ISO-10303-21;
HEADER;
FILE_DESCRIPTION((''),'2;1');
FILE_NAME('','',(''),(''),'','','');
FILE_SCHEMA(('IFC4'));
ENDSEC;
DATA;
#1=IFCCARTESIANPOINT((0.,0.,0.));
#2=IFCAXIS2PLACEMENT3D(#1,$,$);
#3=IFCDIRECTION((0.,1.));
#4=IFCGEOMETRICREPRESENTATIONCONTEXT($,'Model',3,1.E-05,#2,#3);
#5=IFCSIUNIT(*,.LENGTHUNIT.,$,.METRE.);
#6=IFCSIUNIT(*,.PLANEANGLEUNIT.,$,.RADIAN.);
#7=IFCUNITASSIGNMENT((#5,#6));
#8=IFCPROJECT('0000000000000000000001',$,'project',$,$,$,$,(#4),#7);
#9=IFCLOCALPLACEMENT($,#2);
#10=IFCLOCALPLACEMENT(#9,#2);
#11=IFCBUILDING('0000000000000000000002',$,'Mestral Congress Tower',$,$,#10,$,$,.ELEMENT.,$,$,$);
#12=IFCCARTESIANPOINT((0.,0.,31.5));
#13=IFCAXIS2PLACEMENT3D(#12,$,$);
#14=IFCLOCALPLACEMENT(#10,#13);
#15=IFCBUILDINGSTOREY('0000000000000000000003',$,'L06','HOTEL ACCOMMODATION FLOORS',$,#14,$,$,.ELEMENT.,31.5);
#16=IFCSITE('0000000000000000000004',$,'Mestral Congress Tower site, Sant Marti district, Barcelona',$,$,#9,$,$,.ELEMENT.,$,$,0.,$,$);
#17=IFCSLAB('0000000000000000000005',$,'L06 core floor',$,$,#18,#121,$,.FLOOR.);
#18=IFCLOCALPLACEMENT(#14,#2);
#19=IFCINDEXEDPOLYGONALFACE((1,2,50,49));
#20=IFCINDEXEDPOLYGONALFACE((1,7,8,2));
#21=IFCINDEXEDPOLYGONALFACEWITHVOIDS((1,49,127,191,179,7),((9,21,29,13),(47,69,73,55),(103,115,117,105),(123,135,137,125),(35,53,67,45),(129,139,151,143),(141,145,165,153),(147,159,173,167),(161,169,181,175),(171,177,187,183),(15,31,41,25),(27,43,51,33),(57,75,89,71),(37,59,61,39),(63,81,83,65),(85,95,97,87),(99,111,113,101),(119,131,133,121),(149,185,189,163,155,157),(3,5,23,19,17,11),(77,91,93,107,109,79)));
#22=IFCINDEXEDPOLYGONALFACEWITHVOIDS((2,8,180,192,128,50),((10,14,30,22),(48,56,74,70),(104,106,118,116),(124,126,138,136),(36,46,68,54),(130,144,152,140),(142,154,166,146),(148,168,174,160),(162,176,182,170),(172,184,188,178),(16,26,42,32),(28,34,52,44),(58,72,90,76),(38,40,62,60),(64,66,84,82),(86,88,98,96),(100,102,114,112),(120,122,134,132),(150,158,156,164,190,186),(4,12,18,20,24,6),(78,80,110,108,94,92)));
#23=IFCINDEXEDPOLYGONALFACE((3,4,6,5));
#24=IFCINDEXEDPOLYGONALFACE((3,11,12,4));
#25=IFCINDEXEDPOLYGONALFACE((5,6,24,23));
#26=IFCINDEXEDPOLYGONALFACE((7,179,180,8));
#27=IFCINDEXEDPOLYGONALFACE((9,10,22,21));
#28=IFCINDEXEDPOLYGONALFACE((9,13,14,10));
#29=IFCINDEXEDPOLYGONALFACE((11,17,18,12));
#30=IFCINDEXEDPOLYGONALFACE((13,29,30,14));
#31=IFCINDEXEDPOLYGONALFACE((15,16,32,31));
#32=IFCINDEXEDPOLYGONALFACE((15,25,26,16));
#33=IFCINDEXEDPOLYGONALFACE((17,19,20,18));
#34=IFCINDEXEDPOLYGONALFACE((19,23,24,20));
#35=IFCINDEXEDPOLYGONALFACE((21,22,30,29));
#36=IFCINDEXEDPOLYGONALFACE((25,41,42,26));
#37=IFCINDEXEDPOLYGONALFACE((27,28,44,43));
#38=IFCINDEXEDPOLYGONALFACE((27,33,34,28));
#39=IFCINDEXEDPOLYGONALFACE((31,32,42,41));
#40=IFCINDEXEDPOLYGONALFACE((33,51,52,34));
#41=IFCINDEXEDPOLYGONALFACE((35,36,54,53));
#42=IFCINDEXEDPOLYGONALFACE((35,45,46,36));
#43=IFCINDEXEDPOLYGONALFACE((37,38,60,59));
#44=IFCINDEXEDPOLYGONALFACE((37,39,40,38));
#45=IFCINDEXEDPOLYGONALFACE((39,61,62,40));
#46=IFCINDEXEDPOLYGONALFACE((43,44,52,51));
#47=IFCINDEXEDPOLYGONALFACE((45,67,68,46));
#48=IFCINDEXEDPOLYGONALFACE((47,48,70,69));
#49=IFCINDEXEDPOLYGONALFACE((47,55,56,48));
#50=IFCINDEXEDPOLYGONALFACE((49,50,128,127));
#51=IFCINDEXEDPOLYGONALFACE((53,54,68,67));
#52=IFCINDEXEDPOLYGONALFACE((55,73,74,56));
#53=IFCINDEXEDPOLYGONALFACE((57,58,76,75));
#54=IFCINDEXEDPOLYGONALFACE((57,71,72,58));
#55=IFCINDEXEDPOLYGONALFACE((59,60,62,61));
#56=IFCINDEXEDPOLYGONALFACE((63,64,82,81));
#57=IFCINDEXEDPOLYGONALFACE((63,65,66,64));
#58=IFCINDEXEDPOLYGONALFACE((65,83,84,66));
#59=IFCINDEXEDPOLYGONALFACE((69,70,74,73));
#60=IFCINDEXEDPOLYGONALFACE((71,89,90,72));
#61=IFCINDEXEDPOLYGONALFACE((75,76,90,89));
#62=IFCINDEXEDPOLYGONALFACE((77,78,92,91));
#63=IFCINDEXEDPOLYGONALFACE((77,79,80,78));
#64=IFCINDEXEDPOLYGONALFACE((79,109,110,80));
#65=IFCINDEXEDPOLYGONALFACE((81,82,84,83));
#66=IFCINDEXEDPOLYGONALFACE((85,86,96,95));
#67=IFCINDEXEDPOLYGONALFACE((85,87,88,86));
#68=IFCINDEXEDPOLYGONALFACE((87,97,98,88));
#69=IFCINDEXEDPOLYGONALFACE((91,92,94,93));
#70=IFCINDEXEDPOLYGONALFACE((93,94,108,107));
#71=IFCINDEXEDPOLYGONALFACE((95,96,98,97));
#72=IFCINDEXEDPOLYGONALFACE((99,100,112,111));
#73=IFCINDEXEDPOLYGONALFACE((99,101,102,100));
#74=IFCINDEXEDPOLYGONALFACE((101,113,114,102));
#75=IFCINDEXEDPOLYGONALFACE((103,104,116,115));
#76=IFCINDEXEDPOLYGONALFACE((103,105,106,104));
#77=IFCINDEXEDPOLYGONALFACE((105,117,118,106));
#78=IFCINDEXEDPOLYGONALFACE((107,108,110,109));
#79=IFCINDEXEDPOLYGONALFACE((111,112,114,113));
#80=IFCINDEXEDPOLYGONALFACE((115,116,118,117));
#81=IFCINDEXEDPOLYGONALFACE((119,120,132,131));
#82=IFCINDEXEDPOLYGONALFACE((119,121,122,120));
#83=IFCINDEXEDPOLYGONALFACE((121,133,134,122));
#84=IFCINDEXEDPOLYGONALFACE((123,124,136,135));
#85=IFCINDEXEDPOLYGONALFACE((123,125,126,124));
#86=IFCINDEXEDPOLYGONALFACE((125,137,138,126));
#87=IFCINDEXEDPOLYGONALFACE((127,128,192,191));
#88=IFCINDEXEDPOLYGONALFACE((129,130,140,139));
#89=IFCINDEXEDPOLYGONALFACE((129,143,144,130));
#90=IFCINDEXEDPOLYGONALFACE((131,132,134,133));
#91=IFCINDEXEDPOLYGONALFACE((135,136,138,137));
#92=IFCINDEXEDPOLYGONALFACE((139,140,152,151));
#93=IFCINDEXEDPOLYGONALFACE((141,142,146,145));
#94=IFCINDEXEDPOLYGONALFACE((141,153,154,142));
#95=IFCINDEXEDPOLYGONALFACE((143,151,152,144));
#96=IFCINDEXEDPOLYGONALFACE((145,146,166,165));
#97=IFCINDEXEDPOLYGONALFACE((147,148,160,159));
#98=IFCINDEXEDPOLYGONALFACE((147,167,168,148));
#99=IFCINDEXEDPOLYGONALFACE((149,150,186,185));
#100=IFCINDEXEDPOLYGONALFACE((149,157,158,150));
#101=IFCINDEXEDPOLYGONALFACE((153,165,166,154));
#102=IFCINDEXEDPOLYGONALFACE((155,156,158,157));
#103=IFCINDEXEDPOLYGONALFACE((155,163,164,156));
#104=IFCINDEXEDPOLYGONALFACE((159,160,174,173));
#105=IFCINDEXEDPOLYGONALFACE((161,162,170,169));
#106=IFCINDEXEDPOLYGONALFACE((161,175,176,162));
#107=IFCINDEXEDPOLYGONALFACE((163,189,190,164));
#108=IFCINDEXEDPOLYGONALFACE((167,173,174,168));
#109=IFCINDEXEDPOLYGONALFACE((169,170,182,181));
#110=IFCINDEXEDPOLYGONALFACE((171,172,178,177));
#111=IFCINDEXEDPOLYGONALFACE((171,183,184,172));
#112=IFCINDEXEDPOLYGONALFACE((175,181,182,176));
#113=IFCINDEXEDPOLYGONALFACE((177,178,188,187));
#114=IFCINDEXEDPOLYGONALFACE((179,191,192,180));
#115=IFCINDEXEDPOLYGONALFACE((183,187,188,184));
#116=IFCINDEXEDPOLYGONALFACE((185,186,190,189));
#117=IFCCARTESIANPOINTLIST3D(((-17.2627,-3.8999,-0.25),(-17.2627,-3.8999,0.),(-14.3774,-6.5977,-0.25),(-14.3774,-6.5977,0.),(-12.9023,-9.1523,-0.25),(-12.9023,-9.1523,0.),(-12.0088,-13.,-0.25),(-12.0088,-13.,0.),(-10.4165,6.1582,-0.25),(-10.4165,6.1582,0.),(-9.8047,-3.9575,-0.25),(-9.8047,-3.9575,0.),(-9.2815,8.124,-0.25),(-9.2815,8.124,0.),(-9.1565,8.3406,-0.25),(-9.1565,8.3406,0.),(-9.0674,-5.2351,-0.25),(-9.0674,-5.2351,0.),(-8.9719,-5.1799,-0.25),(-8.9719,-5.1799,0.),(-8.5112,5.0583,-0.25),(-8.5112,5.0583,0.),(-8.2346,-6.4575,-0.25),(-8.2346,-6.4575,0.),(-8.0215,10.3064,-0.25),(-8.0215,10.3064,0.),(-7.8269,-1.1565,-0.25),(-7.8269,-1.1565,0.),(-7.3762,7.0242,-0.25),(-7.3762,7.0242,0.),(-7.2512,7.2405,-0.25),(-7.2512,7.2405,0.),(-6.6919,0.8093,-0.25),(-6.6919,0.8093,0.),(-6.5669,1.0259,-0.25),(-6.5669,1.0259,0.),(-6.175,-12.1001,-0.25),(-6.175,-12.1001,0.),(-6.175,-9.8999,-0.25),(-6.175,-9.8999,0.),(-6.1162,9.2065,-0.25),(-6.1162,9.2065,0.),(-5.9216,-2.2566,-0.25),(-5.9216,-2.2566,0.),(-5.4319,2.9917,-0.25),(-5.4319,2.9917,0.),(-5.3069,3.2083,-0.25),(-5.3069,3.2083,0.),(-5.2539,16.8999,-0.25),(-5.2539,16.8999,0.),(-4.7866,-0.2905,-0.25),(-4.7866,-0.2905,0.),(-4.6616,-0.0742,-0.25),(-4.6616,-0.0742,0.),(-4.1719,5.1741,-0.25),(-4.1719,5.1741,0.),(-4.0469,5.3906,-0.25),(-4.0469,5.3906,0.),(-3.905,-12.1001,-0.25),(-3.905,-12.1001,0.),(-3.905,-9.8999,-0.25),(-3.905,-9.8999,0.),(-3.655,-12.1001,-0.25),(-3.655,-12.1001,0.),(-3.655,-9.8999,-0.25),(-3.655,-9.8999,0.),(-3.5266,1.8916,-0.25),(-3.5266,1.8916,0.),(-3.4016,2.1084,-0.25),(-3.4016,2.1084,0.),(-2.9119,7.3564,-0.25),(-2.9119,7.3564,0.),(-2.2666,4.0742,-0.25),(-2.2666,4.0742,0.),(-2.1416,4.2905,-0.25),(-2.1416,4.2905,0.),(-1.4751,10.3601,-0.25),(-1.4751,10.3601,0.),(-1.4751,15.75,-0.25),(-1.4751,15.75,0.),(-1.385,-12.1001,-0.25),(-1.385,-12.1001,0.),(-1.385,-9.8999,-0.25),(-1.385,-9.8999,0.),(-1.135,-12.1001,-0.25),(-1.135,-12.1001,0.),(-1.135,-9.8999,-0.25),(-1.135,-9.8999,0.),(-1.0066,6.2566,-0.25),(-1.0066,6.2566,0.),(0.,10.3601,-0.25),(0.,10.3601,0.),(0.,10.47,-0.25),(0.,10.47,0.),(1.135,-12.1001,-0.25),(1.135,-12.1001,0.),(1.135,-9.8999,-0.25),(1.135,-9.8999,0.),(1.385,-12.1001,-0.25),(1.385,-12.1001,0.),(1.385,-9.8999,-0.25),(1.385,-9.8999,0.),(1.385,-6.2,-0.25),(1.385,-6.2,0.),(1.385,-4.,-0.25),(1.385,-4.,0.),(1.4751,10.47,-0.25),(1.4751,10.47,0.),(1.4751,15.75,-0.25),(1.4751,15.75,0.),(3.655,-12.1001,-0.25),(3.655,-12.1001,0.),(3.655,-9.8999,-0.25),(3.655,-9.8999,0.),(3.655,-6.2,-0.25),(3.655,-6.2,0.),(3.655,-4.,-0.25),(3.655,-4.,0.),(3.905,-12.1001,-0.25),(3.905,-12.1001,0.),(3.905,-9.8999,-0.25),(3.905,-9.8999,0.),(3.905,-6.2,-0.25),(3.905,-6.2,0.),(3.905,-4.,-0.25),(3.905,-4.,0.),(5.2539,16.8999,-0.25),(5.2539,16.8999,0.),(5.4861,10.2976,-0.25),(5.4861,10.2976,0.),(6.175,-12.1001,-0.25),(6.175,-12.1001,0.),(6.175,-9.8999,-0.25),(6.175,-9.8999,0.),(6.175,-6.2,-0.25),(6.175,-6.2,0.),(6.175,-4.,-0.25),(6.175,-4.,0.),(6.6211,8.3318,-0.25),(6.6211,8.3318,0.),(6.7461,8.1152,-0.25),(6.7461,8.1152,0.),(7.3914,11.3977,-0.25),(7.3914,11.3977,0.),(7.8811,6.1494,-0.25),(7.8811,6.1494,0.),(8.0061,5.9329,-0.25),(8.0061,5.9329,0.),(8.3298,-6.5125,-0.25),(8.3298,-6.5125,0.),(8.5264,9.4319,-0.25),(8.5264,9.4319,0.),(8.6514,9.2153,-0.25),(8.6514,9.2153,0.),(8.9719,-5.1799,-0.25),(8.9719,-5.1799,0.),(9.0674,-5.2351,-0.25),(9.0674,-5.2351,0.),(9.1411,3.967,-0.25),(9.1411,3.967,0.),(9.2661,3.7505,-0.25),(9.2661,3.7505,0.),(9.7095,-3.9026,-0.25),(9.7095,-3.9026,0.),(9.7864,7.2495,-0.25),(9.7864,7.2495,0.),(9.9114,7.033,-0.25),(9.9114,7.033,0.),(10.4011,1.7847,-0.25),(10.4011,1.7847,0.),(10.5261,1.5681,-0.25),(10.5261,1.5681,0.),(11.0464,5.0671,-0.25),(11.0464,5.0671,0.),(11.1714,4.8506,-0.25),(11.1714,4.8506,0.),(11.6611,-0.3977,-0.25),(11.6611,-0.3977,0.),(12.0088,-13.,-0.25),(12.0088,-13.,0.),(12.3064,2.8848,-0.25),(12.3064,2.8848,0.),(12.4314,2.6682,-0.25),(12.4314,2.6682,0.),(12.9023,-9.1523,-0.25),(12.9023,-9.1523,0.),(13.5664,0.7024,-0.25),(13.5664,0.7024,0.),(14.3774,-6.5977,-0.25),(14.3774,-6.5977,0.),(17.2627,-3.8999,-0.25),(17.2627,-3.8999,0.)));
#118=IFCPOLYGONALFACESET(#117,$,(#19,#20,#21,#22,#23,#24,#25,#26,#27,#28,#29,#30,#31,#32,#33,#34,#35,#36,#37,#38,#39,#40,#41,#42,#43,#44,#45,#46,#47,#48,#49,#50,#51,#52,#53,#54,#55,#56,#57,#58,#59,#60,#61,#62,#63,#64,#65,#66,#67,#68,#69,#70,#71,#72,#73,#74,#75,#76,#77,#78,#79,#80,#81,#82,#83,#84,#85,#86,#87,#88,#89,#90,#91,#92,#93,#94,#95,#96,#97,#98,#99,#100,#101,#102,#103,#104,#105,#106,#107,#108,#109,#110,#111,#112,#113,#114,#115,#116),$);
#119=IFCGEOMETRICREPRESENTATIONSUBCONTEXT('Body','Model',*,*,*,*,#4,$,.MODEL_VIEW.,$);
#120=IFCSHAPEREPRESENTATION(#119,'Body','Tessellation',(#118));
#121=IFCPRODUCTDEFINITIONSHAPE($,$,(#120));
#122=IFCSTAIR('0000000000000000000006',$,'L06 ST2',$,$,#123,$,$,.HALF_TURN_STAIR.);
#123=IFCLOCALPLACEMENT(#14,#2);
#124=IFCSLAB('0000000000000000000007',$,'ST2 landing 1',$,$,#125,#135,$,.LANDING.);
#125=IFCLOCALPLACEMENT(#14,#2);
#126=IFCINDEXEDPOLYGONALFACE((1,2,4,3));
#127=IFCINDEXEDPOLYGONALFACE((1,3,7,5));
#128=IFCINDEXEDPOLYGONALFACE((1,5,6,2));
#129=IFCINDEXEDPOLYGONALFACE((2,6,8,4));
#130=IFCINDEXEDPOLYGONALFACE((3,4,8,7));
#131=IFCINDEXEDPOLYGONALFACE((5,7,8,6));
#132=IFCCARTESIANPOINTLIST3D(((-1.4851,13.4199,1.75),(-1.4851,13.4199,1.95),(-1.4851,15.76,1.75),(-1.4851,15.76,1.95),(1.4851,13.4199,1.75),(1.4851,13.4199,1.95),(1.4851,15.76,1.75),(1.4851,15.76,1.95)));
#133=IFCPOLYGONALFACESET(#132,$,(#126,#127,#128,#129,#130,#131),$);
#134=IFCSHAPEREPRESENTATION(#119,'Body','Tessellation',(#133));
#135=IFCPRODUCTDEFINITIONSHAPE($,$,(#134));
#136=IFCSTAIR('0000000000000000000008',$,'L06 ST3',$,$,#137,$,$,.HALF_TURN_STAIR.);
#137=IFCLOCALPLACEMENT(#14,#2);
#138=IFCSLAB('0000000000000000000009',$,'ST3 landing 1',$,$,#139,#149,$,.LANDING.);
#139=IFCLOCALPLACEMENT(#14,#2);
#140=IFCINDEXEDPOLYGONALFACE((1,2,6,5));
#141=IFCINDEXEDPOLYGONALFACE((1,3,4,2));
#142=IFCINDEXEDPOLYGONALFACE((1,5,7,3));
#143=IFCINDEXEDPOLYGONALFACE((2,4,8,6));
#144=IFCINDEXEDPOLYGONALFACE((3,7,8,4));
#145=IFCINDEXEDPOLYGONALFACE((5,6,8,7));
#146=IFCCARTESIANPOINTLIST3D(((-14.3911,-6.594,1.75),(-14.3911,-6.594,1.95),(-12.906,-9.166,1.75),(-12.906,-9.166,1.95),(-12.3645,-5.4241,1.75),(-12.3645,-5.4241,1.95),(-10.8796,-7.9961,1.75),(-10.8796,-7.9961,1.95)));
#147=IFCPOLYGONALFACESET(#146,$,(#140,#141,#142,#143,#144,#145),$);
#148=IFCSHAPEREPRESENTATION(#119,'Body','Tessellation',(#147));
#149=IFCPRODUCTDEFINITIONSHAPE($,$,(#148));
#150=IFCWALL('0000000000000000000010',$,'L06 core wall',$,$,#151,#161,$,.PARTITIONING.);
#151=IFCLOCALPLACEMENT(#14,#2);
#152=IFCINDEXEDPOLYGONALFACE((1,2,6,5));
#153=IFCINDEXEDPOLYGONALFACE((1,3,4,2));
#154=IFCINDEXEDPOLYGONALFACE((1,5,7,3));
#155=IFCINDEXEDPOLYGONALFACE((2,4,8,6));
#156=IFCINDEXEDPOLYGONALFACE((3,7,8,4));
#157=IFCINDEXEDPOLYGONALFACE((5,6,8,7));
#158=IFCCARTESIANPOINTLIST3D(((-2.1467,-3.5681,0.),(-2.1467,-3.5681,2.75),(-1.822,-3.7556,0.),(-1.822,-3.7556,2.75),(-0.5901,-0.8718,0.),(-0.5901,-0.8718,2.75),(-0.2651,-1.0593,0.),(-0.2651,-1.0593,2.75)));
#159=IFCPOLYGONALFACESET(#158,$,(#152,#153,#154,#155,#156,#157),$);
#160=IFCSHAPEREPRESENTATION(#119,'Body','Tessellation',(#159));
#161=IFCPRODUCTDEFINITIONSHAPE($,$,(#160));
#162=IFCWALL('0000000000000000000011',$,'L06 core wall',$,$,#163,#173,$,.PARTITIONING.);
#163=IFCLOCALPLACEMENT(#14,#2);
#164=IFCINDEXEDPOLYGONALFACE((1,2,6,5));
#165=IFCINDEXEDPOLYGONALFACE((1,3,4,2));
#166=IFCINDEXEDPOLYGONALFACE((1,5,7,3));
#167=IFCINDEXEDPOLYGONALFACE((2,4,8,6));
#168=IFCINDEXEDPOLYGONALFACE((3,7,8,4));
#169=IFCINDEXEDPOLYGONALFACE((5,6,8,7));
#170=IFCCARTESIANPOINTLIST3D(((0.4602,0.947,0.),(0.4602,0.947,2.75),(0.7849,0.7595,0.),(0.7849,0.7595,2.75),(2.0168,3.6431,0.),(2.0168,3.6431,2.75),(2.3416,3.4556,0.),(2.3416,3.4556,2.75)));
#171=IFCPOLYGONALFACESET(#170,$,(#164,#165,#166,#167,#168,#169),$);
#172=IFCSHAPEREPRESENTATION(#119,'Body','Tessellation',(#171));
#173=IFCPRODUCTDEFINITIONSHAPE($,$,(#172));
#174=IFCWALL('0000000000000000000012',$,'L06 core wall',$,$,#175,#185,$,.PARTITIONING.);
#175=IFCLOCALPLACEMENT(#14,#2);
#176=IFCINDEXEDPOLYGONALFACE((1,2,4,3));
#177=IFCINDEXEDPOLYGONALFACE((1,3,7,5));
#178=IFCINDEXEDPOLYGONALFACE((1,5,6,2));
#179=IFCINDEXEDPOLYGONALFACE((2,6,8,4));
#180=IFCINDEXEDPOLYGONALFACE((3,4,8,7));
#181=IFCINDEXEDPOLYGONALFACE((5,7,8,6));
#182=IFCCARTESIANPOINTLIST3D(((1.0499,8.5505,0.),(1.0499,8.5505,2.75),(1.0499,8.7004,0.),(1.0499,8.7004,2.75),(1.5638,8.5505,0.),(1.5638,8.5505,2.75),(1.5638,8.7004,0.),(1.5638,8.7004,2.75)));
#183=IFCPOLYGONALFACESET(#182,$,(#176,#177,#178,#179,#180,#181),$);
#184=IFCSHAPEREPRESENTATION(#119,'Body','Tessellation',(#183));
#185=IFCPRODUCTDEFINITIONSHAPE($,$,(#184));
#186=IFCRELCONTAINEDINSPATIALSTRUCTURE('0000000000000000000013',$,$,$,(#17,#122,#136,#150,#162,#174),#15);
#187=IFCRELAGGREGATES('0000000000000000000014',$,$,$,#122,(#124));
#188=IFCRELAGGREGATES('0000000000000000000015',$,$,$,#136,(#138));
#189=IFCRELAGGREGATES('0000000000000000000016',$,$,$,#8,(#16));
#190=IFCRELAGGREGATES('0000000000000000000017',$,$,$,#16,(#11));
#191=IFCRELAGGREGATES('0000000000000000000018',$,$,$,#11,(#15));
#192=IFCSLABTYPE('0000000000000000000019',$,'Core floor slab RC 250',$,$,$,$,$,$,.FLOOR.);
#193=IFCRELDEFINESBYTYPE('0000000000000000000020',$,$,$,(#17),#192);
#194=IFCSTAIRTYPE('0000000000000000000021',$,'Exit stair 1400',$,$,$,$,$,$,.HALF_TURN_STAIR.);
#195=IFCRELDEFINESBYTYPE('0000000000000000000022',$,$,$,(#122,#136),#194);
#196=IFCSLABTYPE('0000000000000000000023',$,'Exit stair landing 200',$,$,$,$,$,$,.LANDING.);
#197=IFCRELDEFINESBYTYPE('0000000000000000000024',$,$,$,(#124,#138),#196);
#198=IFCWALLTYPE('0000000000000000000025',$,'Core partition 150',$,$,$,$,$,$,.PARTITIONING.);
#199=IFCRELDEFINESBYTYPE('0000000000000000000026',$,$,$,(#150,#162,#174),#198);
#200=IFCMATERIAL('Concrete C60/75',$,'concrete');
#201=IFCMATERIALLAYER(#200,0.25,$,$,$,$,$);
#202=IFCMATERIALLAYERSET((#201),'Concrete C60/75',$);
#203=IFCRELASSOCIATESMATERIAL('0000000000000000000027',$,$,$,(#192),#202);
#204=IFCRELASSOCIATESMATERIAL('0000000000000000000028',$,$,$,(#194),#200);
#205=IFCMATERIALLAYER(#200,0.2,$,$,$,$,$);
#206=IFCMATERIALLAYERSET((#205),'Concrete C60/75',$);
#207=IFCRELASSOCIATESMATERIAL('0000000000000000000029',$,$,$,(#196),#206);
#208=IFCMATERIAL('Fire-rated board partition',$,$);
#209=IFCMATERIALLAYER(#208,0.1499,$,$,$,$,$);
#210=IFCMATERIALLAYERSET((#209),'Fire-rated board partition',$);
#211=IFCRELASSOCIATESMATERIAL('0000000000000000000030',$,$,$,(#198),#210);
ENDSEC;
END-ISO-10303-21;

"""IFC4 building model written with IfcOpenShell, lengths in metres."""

from ifc_helpers import new_model, si_unit, direction, frame, frame_2d, origin, place, context, subcontext, project, spatial, polyline, rectangle, outline, extrude, material, layer, layer_set, type_object, element, aggregate, save


model = new_model("IFC4")

# Units and contexts
model_context = context("Model", 3, precision=1e-05, world=origin(), true_north=direction((0.0, 1.0)))
body_context = subcontext(model_context, "Body", "Model", "MODEL_VIEW")
ifc_project = project(units=[si_unit("LENGTHUNIT", "METRE"), si_unit("PLANEANGLEUNIT", "RADIAN")], contexts=[model_context])

# Site, building, storey
site_placement = place(None, origin())
site = spatial("IfcSite", under=ifc_project, at=site_placement, Name="Mestral Congress Tower site, Sant Marti district, Barcelona", CompositionType="ELEMENT", RefElevation=0.0)
building_placement = place(site_placement, origin())
building = spatial("IfcBuilding", under=site, at=building_placement, Name="Mestral Congress Tower", CompositionType="ELEMENT")
storey_placement = place(building_placement, frame((0.0, 0.0, 31.5)))
storey = spatial("IfcBuildingStorey", under=building, at=storey_placement, Name="L06", Description="HOTEL ACCOMMODATION FLOORS", CompositionType="ELEMENT", Elevation=31.5)

# Slab
ifc_material_1 = material(Name="Concrete C60/75", Category="concrete")
ifc_layer_1 = layer(ifc_material_1, 0.25)
ifc_layer_set_1 = layer_set([ifc_layer_1], Name="Concrete C60/75")
slab_type_1 = type_object("IfcSlabType", Name="Core floor slab RC 250", PredefinedType="FLOOR", material=ifc_layer_set_1)
slab_1_placement = place(storey_placement, frame((0.0, 0.0, -0.25)))
element("IfcSlab", 1, at=slab_1_placement, inside=storey, type_object=slab_type_1, Name="L06 core floor", PredefinedType="FLOOR", context=body_context, shape_type="SweptSolid", body=[
    extrude(outline(polyline([(12.0088, -13.0), (-12.0088, -13.0), (-17.2627, -3.8999), (-5.2539, 16.8999), (5.2539, 16.8999), (17.2627, -3.8999), (12.0088, -13.0)]), holes=[polyline([(-3.905, -9.8999), (-6.175, -9.8999), (-6.175, -12.1001), (-3.905, -12.1001), (-3.905, -9.8999)]), polyline([(-1.385, -9.8999), (-3.655, -9.8999), (-3.655, -12.1001), (-1.385, -12.1001), (-1.385, -9.8999)]), polyline([(1.135, -9.8999), (-1.135, -9.8999), (-1.135, -12.1001), (1.135, -12.1001), (1.135, -9.8999)]), polyline([(-9.0674, -5.2351), (-9.8047, -3.9575), (-14.3774, -6.5977), (-12.9023, -9.1523), (-8.2346, -6.4575), (-8.9719, -5.1799), (-9.0674, -5.2351)]), polyline([(-7.8269, -1.1565), (-5.9216, -2.2566), (-4.7866, -0.2905), (-6.6919, 0.8093), (-7.8269, -1.1565)]), polyline([(-4.6616, -0.0742), (-3.5266, 1.8916), (-5.4319, 2.9917), (-6.5669, 1.0259), (-4.6616, -0.0742)]), polyline([(-3.4016, 2.1084), (-2.2666, 4.0742), (-4.1719, 5.1741), (-5.3069, 3.2083), (-3.4016, 2.1084)]), polyline([(-2.1416, 4.2905), (-1.0066, 6.2566), (-2.9119, 7.3564), (-4.0469, 5.3906), (-2.1416, 4.2905)]), polyline([(-10.4165, 6.1582), (-8.5112, 5.0583), (-7.3762, 7.0242), (-9.2815, 8.124), (-10.4165, 6.1582)]), polyline([(-9.1565, 8.3406), (-7.2512, 7.2405), (-6.1162, 9.2065), (-8.0215, 10.3064), (-9.1565, 8.3406)]), polyline([(1.4751, 10.47), (1.4751, 15.75), (-1.4751, 15.75), (-1.4751, 10.3601), (0.0, 10.3601), (0.0, 10.47), (1.4751, 10.47)]), polyline([(3.655, -9.8999), (1.385, -9.8999), (1.385, -12.1001), (3.655, -12.1001), (3.655, -9.8999)]), polyline([(6.175, -9.8999), (3.905, -9.8999), (3.905, -12.1001), (6.175, -12.1001), (6.175, -9.8999)]), polyline([(9.0674, -5.2351), (8.3298, -6.5125), (12.9023, -9.1523), (14.3774, -6.5977), (9.7095, -3.9026), (8.9719, -5.1799), (9.0674, -5.2351)]), polyline([(3.655, -6.2), (3.655, -4.0), (1.385, -4.0), (1.385, -6.2), (3.655, -6.2)]), polyline([(6.175, -4.0), (3.905, -4.0), (3.905, -6.2), (6.175, -6.2), (6.175, -4.0)]), polyline([(12.4314, 2.6682), (10.5261, 1.5681), (11.6611, -0.3977), (13.5664, 0.7024), (12.4314, 2.6682)]), polyline([(11.1714, 4.8506), (9.2661, 3.7505), (10.4011, 1.7847), (12.3064, 2.8848), (11.1714, 4.8506)]), polyline([(8.0061, 5.9329), (9.1411, 3.967), (11.0464, 5.0671), (9.9114, 7.033), (8.0061, 5.9329)]), polyline([(8.6514, 9.2153), (6.7461, 8.1152), (7.8811, 6.1494), (9.7864, 7.2495), (8.6514, 9.2153)]), polyline([(7.3914, 11.3977), (5.4861, 10.2976), (6.6211, 8.3318), (8.5264, 9.4319), (7.3914, 11.3977)])]), origin(), (0.0, 0.0, 1.0), 0.25),
])

# Stairs, slabs
stair_type = type_object("IfcStairType", Name="Exit stair 1400", PredefinedType="HALF_TURN_STAIR", material=ifc_material_1)
placement_1 = place(storey_placement, origin())
stair_1 = element("IfcStair", 2, at=placement_1, inside=storey, type_object=stair_type, Name="L06 ST2", PredefinedType="HALF_TURN_STAIR")
ifc_layer_2 = layer(ifc_material_1, 0.2)
ifc_layer_set_2 = layer_set([ifc_layer_2], Name="Concrete C60/75")
slab_type_2 = type_object("IfcSlabType", Name="Exit stair landing 200", PredefinedType="LANDING", material=ifc_layer_set_2)
placement_2 = place(storey_placement, frame((0.0, 0.0, 1.75)))
slab_2 = element("IfcSlab", 3, at=placement_2, type_object=slab_type_2, Name="ST2 landing 1", PredefinedType="LANDING", context=body_context, shape_type="SweptSolid", body=[
    extrude(outline(polyline([(1.4851, 13.4199), (-1.4851, 13.4199), (-1.4851, 15.76), (1.4851, 15.76), (1.4851, 13.4199)])), origin(), (0.0, 0.0, 1.0), 0.2),
])
aggregate(stair_1, [slab_2])
stair_2 = element("IfcStair", 4, at=placement_1, inside=storey, type_object=stair_type, Name="L06 ST3", PredefinedType="HALF_TURN_STAIR")
slab_3 = element("IfcSlab", 5, at=placement_2, type_object=slab_type_2, Name="ST3 landing 1", PredefinedType="LANDING", context=body_context, shape_type="SweptSolid", body=[
    extrude(outline(polyline([(-12.3645, -5.4241), (-10.8796, -7.9961), (-12.906, -9.166), (-14.3911, -6.594), (-12.3645, -5.4241)])), origin(), (0.0, 0.0, 1.0), 0.2),
])
aggregate(stair_2, [slab_3])

# Walls
ifc_material_2 = material(Name="Fire-rated board partition")
ifc_layer_3 = layer(ifc_material_2, 0.1499)
ifc_layer_set_3 = layer_set([ifc_layer_3], Name="Fire-rated board partition")
wall_type_1 = type_object("IfcWallType", Name="Core partition 150", PredefinedType="PARTITIONING", material=ifc_layer_set_3)
element("IfcWall", 6, at=placement_1, inside=storey, type_object=wall_type_1, Name="L06 core wall", PredefinedType="PARTITIONING", context=body_context, shape_type="SweptSolid", body=[
    extrude(outline(polyline([(-0.5901, -0.8718), (-0.2651, -1.0593), (-1.822, -3.7556), (-2.1467, -3.5681), (-0.5901, -0.8718)])), origin(), (0.0, 0.0, 1.0), 2.75),
])
element("IfcWall", 7, at=placement_1, inside=storey, type_object=wall_type_1, Name="L06 core wall", PredefinedType="PARTITIONING", context=body_context, shape_type="SweptSolid", body=[
    extrude(outline(polyline([(2.0168, 3.6431), (2.3416, 3.4556), (0.7849, 0.7595), (0.4602, 0.947), (2.0168, 3.6431)])), origin(), (0.0, 0.0, 1.0), 2.75),
])
wall_1_placement = place(storey_placement, frame((1.05, 8.6255, 0.0), z_axis=(0.0, 0.0, 1.0), x_axis=(1.0, 0.0, 0.0)))
element("IfcWall", 8, at=wall_1_placement, inside=storey, type_object=wall_type_1, Name="L06 core wall", PredefinedType="PARTITIONING", context=body_context, shape_type="SweptSolid", body=[
    extrude(rectangle(XDim=0.5139, YDim=0.1499, at=frame_2d((0.2568, 0.0))), origin(), (0.0, 0.0, 1.0), 2.75),
])

save(model, "model.ifc")
